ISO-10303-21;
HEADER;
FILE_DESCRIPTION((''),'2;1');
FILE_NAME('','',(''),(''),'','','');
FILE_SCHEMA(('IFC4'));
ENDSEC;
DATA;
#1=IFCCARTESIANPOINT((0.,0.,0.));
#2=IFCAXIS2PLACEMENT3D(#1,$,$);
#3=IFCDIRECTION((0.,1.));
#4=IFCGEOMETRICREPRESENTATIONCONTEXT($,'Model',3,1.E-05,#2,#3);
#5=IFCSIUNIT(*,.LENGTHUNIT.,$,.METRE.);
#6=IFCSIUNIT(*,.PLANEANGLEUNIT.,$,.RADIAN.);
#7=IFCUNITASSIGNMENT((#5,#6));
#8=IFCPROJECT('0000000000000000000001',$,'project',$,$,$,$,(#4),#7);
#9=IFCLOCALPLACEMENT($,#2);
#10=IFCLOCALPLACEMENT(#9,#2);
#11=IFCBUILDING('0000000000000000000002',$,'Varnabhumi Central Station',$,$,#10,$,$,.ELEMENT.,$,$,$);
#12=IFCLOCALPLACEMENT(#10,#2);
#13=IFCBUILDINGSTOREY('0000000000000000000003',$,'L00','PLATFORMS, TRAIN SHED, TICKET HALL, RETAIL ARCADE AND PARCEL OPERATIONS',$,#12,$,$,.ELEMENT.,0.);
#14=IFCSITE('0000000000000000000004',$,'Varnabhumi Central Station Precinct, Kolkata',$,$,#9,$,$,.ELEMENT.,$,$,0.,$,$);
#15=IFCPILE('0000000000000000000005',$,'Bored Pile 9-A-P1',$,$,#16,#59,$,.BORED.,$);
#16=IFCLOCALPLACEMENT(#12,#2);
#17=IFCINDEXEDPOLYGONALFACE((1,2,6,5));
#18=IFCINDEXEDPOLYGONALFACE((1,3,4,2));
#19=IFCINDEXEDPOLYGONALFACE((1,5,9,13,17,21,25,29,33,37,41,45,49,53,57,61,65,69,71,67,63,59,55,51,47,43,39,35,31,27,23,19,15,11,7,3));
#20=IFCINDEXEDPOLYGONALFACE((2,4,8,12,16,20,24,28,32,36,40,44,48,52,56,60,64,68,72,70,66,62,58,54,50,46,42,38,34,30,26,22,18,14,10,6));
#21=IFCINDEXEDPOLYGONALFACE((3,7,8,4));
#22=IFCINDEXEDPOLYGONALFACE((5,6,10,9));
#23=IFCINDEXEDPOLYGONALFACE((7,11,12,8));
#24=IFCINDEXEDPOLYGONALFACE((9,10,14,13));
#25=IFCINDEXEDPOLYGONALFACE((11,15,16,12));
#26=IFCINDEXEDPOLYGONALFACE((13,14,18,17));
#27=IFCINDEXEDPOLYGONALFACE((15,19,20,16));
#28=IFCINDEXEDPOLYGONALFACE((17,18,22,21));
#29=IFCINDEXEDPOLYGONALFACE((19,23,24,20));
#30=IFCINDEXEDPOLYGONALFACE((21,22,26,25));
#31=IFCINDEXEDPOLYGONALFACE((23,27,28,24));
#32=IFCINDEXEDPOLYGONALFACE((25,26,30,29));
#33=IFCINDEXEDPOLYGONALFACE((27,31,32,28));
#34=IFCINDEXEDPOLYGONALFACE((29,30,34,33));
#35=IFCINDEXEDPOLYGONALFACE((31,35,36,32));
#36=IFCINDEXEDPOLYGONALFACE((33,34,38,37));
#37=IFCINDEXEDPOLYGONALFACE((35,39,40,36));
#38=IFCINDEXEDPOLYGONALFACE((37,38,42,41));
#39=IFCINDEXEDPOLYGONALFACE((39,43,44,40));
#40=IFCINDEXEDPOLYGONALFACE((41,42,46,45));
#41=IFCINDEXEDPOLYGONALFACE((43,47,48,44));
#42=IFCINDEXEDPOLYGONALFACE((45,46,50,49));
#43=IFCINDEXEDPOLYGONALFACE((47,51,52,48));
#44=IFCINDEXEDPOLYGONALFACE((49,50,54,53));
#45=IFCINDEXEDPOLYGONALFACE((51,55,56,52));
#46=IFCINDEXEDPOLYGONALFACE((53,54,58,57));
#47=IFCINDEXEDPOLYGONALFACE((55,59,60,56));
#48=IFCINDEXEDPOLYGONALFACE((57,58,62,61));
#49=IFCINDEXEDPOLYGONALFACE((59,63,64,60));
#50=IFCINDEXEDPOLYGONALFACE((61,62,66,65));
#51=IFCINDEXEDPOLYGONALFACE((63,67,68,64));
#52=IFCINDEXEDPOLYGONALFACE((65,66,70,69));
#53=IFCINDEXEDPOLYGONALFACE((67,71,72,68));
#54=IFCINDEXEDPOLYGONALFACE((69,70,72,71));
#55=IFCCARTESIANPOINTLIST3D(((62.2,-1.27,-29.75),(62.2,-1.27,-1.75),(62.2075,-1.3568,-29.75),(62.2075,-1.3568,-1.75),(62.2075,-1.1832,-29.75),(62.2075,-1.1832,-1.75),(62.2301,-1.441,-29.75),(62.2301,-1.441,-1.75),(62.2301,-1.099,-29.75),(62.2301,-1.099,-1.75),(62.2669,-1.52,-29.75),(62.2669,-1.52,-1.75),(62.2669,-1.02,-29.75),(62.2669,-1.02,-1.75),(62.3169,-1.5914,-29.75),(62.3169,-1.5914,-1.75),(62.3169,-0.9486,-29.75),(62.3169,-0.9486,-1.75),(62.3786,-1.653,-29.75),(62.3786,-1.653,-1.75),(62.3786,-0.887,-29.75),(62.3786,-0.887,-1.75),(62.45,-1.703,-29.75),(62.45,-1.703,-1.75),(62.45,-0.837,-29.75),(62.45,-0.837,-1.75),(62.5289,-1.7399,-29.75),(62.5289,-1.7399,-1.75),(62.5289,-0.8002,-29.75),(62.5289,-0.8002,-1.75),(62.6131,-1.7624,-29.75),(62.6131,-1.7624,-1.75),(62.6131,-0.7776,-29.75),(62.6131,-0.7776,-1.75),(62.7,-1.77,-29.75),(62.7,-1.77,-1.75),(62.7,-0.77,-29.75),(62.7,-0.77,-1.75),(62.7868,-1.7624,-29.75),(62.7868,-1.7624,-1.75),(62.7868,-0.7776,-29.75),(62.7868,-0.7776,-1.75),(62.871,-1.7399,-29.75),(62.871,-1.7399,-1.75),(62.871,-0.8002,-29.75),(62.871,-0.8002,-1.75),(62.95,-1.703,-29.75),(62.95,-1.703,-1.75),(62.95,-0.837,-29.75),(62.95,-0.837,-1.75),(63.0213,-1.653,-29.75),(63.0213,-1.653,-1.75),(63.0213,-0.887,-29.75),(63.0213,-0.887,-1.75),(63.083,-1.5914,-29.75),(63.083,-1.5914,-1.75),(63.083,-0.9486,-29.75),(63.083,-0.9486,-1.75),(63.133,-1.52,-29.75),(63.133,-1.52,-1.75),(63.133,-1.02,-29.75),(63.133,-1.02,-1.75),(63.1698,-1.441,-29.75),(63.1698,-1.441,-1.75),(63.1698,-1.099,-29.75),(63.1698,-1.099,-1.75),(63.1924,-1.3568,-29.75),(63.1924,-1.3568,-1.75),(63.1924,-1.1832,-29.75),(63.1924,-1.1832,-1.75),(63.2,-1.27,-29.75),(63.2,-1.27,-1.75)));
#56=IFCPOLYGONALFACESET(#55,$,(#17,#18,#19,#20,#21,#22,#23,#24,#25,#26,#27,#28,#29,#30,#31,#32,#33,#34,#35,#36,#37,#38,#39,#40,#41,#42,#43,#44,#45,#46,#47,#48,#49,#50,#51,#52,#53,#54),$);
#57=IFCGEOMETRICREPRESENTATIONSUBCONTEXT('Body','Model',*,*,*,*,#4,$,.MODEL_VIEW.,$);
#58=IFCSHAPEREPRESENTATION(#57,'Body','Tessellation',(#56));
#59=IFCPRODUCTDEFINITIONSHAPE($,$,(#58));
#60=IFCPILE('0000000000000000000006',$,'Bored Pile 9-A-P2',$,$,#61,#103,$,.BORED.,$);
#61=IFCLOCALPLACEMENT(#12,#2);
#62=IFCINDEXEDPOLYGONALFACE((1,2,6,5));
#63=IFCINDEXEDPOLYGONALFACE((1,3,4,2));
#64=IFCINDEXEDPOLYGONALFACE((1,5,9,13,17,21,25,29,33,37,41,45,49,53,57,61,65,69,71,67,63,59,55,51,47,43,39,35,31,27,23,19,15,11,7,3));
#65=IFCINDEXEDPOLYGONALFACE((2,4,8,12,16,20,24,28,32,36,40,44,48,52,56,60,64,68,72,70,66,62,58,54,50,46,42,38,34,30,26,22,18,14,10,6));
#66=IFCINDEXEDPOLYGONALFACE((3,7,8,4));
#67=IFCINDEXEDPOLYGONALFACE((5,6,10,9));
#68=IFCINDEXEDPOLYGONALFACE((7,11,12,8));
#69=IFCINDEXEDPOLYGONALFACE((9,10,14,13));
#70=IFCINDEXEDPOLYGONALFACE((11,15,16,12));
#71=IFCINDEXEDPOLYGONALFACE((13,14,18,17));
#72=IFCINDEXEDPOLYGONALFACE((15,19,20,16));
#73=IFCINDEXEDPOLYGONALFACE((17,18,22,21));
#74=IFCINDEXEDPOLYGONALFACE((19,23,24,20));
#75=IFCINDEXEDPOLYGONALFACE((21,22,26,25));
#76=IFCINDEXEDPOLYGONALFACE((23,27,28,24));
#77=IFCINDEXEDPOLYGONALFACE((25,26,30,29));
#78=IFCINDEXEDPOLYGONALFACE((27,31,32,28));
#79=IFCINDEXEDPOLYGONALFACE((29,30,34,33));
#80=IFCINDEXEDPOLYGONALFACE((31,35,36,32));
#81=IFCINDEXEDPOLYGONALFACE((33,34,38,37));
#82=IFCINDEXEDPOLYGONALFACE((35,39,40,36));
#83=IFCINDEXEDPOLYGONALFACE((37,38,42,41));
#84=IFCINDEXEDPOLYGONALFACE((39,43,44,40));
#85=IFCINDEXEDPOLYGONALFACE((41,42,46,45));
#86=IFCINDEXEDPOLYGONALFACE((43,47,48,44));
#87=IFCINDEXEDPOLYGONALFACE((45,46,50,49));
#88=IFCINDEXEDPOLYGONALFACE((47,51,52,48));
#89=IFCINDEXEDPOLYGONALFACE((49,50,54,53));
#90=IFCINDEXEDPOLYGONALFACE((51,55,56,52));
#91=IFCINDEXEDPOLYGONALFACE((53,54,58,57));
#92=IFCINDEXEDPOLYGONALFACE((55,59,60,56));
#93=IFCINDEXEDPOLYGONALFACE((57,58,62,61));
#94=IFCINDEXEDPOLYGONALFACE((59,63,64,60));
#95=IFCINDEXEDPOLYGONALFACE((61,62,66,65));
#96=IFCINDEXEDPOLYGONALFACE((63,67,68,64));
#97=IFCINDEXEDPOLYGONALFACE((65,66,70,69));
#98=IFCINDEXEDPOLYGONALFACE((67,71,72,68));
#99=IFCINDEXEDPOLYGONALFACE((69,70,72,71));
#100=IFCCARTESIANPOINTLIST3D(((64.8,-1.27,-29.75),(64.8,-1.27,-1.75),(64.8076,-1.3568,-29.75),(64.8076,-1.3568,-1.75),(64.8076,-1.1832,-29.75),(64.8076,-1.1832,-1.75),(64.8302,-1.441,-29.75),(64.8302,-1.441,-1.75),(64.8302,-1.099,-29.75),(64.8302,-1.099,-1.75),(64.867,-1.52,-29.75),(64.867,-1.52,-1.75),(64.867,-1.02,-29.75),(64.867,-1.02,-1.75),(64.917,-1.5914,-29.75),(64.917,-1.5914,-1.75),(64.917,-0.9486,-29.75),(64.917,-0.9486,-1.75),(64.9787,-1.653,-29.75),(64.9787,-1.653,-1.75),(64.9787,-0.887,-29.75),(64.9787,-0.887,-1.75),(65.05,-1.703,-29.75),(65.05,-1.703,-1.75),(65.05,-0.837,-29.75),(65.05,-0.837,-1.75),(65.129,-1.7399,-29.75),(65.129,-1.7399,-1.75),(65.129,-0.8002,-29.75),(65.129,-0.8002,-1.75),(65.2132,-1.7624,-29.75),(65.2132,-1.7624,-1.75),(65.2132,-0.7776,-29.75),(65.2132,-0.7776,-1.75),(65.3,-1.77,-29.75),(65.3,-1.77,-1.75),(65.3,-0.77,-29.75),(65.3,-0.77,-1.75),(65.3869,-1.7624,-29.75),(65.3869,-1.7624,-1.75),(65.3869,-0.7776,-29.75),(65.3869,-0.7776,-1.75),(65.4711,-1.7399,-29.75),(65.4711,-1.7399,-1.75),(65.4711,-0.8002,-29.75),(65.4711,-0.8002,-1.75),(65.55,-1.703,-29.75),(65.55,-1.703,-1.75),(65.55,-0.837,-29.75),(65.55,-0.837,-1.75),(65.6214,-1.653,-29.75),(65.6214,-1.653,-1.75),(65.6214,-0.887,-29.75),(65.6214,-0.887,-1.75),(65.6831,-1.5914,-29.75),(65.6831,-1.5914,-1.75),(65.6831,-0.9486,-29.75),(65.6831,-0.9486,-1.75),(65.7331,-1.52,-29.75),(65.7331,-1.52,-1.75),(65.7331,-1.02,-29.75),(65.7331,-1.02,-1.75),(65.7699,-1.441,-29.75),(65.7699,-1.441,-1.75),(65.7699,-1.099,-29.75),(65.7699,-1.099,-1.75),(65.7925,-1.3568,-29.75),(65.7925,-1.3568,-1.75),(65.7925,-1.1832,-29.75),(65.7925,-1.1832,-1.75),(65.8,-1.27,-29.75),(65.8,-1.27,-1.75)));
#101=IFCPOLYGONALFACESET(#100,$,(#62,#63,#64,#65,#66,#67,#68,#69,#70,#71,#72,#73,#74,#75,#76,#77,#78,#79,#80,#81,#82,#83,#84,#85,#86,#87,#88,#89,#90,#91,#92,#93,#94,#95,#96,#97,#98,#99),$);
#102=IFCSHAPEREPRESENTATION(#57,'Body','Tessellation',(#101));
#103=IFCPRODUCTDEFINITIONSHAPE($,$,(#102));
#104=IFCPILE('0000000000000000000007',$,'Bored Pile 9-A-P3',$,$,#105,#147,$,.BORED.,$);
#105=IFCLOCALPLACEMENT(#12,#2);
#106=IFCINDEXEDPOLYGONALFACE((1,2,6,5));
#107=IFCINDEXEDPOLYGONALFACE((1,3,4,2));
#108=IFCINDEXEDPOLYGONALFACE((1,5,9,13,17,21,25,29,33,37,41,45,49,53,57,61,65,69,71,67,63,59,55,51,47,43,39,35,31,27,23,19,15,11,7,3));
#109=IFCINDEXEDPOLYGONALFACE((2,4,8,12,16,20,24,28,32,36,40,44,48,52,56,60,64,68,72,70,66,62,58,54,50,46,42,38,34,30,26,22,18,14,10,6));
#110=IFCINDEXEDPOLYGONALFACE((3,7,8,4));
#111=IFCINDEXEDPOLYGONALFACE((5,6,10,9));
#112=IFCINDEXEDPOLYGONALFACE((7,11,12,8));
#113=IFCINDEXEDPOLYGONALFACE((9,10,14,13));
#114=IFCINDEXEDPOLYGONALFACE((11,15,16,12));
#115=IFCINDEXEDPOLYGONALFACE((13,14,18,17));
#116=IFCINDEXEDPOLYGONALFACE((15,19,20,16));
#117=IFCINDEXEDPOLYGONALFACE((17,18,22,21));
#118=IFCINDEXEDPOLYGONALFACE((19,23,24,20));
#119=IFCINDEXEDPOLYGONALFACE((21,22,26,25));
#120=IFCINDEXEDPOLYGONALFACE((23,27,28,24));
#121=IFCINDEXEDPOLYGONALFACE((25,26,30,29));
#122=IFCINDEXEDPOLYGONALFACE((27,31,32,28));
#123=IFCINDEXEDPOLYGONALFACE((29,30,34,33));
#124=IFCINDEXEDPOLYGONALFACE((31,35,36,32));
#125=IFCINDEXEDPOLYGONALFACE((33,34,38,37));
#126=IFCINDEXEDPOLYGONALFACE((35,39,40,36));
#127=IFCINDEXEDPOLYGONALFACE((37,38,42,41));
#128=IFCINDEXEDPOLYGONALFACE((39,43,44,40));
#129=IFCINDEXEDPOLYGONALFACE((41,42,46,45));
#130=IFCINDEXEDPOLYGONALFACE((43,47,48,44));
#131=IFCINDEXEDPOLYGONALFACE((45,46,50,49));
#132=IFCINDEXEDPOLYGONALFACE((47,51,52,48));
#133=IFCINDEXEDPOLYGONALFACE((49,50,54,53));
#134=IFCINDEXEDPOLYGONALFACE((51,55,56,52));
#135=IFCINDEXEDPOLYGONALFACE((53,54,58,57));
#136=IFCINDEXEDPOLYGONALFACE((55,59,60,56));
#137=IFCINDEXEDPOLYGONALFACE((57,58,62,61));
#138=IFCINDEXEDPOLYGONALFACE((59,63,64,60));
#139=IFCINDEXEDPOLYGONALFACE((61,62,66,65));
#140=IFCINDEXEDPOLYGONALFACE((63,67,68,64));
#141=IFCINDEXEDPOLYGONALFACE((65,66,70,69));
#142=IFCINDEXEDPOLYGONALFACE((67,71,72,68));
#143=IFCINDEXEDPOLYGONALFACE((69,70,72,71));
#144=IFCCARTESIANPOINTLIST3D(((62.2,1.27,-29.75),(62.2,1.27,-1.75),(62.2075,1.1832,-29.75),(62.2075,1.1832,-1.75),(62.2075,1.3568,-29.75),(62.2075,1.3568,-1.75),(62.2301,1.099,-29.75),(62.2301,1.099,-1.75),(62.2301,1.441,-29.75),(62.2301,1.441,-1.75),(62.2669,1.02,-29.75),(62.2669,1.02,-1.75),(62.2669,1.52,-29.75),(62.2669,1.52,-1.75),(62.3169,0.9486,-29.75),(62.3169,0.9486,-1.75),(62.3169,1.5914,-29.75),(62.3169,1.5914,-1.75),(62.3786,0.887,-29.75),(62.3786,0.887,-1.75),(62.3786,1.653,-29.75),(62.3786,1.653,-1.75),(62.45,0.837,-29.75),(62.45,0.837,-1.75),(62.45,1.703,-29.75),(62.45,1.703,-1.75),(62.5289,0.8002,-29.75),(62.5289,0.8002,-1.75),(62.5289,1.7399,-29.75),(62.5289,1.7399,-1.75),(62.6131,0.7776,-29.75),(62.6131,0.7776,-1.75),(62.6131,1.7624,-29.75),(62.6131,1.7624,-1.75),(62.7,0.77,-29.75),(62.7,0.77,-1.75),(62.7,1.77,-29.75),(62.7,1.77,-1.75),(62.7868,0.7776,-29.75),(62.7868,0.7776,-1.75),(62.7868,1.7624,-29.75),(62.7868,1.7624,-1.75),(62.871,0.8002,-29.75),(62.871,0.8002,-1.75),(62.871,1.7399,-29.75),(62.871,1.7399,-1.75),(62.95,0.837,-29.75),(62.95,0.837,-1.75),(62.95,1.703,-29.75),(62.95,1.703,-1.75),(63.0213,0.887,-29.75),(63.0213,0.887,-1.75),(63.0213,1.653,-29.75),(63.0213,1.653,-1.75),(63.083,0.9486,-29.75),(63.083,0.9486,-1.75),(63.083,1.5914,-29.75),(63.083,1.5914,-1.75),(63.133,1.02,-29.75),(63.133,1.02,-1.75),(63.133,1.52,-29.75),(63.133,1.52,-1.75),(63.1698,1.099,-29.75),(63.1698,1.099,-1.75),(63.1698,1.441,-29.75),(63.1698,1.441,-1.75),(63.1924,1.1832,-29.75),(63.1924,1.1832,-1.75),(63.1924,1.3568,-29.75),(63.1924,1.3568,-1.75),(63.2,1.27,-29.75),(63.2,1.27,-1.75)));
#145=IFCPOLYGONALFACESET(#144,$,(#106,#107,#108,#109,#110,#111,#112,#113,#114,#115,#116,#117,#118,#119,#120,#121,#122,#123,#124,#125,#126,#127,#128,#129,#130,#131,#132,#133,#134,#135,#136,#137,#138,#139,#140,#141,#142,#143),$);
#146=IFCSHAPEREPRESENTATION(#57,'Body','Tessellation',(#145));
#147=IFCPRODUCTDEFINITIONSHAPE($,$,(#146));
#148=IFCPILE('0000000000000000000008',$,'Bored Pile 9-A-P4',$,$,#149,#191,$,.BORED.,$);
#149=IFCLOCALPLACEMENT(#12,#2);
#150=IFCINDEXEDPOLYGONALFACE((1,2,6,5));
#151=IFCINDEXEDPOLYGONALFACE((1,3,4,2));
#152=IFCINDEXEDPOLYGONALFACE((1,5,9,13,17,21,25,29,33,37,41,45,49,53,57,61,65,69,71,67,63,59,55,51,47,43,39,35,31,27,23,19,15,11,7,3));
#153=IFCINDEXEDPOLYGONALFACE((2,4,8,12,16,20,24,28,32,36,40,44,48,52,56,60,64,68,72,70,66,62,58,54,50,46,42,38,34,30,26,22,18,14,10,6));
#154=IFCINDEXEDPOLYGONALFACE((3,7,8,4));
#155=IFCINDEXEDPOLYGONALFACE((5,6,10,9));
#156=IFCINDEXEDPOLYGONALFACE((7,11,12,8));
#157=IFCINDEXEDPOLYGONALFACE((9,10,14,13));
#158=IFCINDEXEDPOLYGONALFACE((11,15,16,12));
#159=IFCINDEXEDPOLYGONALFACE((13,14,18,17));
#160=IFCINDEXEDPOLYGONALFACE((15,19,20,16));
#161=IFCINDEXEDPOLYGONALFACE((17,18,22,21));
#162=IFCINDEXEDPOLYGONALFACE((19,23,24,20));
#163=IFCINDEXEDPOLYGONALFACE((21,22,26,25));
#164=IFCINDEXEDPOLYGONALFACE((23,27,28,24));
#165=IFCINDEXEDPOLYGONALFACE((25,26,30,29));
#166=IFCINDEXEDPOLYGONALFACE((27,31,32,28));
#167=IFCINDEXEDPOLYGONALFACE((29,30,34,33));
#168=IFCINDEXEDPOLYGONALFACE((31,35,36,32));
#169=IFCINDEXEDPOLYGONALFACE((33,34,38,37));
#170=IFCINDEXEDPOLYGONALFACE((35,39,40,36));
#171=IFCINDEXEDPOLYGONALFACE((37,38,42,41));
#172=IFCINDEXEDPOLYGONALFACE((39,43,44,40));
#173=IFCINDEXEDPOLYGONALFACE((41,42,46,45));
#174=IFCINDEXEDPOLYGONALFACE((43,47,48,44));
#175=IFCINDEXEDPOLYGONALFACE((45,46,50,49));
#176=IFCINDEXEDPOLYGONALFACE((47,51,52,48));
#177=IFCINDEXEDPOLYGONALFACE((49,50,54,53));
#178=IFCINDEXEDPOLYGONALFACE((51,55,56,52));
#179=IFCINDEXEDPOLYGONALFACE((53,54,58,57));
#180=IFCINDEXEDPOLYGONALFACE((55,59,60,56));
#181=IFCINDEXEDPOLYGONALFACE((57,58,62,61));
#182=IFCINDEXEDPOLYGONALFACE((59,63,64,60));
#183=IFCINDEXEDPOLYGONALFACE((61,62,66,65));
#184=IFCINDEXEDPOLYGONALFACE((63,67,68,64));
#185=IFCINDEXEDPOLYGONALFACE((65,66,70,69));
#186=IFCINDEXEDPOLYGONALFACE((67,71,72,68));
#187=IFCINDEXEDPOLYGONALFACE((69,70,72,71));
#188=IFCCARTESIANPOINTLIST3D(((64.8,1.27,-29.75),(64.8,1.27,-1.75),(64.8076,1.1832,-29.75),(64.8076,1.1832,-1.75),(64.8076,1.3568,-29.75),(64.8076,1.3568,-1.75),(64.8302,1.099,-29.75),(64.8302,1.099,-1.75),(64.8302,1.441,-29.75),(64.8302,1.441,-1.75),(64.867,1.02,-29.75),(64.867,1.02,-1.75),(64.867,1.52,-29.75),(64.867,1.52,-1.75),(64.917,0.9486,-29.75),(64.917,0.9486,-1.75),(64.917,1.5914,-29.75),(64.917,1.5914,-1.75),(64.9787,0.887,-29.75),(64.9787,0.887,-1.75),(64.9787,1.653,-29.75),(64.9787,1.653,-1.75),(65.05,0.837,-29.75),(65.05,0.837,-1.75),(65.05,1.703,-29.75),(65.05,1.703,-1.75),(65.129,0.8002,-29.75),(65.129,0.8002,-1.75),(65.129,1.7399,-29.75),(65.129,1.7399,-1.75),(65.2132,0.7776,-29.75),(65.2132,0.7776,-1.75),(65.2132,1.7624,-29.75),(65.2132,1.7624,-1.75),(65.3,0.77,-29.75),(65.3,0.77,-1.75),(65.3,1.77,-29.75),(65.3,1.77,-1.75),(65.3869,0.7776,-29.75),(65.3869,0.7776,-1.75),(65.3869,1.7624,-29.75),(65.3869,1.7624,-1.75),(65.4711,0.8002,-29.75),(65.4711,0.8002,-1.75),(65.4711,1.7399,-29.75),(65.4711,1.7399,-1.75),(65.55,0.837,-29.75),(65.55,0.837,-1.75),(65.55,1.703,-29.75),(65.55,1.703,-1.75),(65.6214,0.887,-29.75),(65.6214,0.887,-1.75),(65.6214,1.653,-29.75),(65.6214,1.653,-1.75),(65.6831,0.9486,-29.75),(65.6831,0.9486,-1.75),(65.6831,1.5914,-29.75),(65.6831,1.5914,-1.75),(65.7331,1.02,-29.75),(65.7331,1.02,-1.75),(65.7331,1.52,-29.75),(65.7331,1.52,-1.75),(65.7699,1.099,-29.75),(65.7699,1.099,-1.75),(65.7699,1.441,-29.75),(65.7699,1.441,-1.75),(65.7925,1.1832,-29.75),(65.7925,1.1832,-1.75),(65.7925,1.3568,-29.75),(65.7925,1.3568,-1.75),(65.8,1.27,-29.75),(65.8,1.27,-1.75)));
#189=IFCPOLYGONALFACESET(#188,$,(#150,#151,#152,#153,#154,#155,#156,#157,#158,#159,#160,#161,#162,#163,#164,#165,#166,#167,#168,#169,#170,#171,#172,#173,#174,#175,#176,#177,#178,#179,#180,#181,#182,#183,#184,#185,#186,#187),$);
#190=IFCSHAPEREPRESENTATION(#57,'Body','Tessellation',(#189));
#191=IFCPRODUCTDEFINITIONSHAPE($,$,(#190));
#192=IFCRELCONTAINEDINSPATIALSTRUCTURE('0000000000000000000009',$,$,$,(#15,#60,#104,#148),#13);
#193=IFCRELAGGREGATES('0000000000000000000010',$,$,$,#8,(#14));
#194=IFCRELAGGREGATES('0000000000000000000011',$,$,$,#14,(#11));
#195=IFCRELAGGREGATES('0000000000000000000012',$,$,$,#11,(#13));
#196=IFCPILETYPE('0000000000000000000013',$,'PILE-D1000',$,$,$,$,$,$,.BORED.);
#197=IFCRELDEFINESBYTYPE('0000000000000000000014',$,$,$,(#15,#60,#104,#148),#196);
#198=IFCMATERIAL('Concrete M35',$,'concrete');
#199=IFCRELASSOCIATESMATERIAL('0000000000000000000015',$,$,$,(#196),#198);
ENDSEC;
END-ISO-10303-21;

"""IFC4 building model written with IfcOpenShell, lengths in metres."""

from ifc_helpers import new_model, si_unit, direction, frame, origin, origin_2d, place, context, subcontext, project, spatial, circle, extrude, material, material_profile, profile_set, type_object, element, save


model = new_model("IFC4")

# Units and contexts
model_context = context("Model", 3, precision=1e-05, world=origin(), true_north=direction((0.0, 1.0)))
body_context = subcontext(model_context, "Body", "Model", "MODEL_VIEW")
ifc_project = project(units=[si_unit("LENGTHUNIT", "METRE"), si_unit("PLANEANGLEUNIT", "RADIAN")], contexts=[model_context])

# Site, building, storey
site_placement = place(None, origin())
site = spatial("IfcSite", under=ifc_project, at=site_placement, Name="Varnabhumi Central Station Precinct, Kolkata", CompositionType="ELEMENT", RefElevation=0.0)
building_placement = place(site_placement, origin())
building = spatial("IfcBuilding", under=site, at=building_placement, Name="Varnabhumi Central Station", CompositionType="ELEMENT")
storey_placement = place(building_placement, origin())
storey = spatial("IfcBuildingStorey", under=building, at=storey_placement, Name="L00", Description="PLATFORMS, TRAIN SHED, TICKET HALL, RETAIL ARCADE AND PARCEL OPERATIONS", CompositionType="ELEMENT", Elevation=0.0)

# Piles
ifc_material_1 = material(Name="Concrete M35", Category="concrete")
ifc_material_profile_1 = material_profile(ifc_material_1, circle(Radius=0.5, at=origin_2d()), Name="Concrete M35", Category="concrete")
ifc_profile_set_1 = profile_set([ifc_material_profile_1], Name="Concrete M35")
pile_type = type_object("IfcPileType", Name="PILE-D1000", PredefinedType="BORED", material=ifc_profile_set_1)
for number, where, z_axis, x_axis, name in (
    (1, (62.7, -1.27, -1.75), (0.0, 0.0, -1.0), (1.0, 0.0, 0.0), "Bored Pile 9-A-P1"),
    (2, (65.3, -1.27, -1.75), (0.0, 0.0, -1.0), (1.0, 0.0, 0.0), "Bored Pile 9-A-P2"),
    (3, (62.7, 1.27, -1.75), (0.0, 0.0, -1.0), (1.0, 0.0, 0.0), "Bored Pile 9-A-P3"),
    (4, (65.3, 1.27, -1.75), (0.0, 0.0, -1.0), (1.0, 0.0, 0.0), "Bored Pile 9-A-P4"),
):
    element("IfcPile", number, at=place(storey_placement, frame(where, z_axis=z_axis, x_axis=x_axis)), inside=storey, type_object=pile_type, Name=name, PredefinedType="BORED", context=body_context, shape_type="SweptSolid", body=[
        extrude(circle(Radius=0.5, at=origin_2d()), origin(), (0.0, 0.0, 1.0), 28.0),
    ])

save(model, "model.ifc")
